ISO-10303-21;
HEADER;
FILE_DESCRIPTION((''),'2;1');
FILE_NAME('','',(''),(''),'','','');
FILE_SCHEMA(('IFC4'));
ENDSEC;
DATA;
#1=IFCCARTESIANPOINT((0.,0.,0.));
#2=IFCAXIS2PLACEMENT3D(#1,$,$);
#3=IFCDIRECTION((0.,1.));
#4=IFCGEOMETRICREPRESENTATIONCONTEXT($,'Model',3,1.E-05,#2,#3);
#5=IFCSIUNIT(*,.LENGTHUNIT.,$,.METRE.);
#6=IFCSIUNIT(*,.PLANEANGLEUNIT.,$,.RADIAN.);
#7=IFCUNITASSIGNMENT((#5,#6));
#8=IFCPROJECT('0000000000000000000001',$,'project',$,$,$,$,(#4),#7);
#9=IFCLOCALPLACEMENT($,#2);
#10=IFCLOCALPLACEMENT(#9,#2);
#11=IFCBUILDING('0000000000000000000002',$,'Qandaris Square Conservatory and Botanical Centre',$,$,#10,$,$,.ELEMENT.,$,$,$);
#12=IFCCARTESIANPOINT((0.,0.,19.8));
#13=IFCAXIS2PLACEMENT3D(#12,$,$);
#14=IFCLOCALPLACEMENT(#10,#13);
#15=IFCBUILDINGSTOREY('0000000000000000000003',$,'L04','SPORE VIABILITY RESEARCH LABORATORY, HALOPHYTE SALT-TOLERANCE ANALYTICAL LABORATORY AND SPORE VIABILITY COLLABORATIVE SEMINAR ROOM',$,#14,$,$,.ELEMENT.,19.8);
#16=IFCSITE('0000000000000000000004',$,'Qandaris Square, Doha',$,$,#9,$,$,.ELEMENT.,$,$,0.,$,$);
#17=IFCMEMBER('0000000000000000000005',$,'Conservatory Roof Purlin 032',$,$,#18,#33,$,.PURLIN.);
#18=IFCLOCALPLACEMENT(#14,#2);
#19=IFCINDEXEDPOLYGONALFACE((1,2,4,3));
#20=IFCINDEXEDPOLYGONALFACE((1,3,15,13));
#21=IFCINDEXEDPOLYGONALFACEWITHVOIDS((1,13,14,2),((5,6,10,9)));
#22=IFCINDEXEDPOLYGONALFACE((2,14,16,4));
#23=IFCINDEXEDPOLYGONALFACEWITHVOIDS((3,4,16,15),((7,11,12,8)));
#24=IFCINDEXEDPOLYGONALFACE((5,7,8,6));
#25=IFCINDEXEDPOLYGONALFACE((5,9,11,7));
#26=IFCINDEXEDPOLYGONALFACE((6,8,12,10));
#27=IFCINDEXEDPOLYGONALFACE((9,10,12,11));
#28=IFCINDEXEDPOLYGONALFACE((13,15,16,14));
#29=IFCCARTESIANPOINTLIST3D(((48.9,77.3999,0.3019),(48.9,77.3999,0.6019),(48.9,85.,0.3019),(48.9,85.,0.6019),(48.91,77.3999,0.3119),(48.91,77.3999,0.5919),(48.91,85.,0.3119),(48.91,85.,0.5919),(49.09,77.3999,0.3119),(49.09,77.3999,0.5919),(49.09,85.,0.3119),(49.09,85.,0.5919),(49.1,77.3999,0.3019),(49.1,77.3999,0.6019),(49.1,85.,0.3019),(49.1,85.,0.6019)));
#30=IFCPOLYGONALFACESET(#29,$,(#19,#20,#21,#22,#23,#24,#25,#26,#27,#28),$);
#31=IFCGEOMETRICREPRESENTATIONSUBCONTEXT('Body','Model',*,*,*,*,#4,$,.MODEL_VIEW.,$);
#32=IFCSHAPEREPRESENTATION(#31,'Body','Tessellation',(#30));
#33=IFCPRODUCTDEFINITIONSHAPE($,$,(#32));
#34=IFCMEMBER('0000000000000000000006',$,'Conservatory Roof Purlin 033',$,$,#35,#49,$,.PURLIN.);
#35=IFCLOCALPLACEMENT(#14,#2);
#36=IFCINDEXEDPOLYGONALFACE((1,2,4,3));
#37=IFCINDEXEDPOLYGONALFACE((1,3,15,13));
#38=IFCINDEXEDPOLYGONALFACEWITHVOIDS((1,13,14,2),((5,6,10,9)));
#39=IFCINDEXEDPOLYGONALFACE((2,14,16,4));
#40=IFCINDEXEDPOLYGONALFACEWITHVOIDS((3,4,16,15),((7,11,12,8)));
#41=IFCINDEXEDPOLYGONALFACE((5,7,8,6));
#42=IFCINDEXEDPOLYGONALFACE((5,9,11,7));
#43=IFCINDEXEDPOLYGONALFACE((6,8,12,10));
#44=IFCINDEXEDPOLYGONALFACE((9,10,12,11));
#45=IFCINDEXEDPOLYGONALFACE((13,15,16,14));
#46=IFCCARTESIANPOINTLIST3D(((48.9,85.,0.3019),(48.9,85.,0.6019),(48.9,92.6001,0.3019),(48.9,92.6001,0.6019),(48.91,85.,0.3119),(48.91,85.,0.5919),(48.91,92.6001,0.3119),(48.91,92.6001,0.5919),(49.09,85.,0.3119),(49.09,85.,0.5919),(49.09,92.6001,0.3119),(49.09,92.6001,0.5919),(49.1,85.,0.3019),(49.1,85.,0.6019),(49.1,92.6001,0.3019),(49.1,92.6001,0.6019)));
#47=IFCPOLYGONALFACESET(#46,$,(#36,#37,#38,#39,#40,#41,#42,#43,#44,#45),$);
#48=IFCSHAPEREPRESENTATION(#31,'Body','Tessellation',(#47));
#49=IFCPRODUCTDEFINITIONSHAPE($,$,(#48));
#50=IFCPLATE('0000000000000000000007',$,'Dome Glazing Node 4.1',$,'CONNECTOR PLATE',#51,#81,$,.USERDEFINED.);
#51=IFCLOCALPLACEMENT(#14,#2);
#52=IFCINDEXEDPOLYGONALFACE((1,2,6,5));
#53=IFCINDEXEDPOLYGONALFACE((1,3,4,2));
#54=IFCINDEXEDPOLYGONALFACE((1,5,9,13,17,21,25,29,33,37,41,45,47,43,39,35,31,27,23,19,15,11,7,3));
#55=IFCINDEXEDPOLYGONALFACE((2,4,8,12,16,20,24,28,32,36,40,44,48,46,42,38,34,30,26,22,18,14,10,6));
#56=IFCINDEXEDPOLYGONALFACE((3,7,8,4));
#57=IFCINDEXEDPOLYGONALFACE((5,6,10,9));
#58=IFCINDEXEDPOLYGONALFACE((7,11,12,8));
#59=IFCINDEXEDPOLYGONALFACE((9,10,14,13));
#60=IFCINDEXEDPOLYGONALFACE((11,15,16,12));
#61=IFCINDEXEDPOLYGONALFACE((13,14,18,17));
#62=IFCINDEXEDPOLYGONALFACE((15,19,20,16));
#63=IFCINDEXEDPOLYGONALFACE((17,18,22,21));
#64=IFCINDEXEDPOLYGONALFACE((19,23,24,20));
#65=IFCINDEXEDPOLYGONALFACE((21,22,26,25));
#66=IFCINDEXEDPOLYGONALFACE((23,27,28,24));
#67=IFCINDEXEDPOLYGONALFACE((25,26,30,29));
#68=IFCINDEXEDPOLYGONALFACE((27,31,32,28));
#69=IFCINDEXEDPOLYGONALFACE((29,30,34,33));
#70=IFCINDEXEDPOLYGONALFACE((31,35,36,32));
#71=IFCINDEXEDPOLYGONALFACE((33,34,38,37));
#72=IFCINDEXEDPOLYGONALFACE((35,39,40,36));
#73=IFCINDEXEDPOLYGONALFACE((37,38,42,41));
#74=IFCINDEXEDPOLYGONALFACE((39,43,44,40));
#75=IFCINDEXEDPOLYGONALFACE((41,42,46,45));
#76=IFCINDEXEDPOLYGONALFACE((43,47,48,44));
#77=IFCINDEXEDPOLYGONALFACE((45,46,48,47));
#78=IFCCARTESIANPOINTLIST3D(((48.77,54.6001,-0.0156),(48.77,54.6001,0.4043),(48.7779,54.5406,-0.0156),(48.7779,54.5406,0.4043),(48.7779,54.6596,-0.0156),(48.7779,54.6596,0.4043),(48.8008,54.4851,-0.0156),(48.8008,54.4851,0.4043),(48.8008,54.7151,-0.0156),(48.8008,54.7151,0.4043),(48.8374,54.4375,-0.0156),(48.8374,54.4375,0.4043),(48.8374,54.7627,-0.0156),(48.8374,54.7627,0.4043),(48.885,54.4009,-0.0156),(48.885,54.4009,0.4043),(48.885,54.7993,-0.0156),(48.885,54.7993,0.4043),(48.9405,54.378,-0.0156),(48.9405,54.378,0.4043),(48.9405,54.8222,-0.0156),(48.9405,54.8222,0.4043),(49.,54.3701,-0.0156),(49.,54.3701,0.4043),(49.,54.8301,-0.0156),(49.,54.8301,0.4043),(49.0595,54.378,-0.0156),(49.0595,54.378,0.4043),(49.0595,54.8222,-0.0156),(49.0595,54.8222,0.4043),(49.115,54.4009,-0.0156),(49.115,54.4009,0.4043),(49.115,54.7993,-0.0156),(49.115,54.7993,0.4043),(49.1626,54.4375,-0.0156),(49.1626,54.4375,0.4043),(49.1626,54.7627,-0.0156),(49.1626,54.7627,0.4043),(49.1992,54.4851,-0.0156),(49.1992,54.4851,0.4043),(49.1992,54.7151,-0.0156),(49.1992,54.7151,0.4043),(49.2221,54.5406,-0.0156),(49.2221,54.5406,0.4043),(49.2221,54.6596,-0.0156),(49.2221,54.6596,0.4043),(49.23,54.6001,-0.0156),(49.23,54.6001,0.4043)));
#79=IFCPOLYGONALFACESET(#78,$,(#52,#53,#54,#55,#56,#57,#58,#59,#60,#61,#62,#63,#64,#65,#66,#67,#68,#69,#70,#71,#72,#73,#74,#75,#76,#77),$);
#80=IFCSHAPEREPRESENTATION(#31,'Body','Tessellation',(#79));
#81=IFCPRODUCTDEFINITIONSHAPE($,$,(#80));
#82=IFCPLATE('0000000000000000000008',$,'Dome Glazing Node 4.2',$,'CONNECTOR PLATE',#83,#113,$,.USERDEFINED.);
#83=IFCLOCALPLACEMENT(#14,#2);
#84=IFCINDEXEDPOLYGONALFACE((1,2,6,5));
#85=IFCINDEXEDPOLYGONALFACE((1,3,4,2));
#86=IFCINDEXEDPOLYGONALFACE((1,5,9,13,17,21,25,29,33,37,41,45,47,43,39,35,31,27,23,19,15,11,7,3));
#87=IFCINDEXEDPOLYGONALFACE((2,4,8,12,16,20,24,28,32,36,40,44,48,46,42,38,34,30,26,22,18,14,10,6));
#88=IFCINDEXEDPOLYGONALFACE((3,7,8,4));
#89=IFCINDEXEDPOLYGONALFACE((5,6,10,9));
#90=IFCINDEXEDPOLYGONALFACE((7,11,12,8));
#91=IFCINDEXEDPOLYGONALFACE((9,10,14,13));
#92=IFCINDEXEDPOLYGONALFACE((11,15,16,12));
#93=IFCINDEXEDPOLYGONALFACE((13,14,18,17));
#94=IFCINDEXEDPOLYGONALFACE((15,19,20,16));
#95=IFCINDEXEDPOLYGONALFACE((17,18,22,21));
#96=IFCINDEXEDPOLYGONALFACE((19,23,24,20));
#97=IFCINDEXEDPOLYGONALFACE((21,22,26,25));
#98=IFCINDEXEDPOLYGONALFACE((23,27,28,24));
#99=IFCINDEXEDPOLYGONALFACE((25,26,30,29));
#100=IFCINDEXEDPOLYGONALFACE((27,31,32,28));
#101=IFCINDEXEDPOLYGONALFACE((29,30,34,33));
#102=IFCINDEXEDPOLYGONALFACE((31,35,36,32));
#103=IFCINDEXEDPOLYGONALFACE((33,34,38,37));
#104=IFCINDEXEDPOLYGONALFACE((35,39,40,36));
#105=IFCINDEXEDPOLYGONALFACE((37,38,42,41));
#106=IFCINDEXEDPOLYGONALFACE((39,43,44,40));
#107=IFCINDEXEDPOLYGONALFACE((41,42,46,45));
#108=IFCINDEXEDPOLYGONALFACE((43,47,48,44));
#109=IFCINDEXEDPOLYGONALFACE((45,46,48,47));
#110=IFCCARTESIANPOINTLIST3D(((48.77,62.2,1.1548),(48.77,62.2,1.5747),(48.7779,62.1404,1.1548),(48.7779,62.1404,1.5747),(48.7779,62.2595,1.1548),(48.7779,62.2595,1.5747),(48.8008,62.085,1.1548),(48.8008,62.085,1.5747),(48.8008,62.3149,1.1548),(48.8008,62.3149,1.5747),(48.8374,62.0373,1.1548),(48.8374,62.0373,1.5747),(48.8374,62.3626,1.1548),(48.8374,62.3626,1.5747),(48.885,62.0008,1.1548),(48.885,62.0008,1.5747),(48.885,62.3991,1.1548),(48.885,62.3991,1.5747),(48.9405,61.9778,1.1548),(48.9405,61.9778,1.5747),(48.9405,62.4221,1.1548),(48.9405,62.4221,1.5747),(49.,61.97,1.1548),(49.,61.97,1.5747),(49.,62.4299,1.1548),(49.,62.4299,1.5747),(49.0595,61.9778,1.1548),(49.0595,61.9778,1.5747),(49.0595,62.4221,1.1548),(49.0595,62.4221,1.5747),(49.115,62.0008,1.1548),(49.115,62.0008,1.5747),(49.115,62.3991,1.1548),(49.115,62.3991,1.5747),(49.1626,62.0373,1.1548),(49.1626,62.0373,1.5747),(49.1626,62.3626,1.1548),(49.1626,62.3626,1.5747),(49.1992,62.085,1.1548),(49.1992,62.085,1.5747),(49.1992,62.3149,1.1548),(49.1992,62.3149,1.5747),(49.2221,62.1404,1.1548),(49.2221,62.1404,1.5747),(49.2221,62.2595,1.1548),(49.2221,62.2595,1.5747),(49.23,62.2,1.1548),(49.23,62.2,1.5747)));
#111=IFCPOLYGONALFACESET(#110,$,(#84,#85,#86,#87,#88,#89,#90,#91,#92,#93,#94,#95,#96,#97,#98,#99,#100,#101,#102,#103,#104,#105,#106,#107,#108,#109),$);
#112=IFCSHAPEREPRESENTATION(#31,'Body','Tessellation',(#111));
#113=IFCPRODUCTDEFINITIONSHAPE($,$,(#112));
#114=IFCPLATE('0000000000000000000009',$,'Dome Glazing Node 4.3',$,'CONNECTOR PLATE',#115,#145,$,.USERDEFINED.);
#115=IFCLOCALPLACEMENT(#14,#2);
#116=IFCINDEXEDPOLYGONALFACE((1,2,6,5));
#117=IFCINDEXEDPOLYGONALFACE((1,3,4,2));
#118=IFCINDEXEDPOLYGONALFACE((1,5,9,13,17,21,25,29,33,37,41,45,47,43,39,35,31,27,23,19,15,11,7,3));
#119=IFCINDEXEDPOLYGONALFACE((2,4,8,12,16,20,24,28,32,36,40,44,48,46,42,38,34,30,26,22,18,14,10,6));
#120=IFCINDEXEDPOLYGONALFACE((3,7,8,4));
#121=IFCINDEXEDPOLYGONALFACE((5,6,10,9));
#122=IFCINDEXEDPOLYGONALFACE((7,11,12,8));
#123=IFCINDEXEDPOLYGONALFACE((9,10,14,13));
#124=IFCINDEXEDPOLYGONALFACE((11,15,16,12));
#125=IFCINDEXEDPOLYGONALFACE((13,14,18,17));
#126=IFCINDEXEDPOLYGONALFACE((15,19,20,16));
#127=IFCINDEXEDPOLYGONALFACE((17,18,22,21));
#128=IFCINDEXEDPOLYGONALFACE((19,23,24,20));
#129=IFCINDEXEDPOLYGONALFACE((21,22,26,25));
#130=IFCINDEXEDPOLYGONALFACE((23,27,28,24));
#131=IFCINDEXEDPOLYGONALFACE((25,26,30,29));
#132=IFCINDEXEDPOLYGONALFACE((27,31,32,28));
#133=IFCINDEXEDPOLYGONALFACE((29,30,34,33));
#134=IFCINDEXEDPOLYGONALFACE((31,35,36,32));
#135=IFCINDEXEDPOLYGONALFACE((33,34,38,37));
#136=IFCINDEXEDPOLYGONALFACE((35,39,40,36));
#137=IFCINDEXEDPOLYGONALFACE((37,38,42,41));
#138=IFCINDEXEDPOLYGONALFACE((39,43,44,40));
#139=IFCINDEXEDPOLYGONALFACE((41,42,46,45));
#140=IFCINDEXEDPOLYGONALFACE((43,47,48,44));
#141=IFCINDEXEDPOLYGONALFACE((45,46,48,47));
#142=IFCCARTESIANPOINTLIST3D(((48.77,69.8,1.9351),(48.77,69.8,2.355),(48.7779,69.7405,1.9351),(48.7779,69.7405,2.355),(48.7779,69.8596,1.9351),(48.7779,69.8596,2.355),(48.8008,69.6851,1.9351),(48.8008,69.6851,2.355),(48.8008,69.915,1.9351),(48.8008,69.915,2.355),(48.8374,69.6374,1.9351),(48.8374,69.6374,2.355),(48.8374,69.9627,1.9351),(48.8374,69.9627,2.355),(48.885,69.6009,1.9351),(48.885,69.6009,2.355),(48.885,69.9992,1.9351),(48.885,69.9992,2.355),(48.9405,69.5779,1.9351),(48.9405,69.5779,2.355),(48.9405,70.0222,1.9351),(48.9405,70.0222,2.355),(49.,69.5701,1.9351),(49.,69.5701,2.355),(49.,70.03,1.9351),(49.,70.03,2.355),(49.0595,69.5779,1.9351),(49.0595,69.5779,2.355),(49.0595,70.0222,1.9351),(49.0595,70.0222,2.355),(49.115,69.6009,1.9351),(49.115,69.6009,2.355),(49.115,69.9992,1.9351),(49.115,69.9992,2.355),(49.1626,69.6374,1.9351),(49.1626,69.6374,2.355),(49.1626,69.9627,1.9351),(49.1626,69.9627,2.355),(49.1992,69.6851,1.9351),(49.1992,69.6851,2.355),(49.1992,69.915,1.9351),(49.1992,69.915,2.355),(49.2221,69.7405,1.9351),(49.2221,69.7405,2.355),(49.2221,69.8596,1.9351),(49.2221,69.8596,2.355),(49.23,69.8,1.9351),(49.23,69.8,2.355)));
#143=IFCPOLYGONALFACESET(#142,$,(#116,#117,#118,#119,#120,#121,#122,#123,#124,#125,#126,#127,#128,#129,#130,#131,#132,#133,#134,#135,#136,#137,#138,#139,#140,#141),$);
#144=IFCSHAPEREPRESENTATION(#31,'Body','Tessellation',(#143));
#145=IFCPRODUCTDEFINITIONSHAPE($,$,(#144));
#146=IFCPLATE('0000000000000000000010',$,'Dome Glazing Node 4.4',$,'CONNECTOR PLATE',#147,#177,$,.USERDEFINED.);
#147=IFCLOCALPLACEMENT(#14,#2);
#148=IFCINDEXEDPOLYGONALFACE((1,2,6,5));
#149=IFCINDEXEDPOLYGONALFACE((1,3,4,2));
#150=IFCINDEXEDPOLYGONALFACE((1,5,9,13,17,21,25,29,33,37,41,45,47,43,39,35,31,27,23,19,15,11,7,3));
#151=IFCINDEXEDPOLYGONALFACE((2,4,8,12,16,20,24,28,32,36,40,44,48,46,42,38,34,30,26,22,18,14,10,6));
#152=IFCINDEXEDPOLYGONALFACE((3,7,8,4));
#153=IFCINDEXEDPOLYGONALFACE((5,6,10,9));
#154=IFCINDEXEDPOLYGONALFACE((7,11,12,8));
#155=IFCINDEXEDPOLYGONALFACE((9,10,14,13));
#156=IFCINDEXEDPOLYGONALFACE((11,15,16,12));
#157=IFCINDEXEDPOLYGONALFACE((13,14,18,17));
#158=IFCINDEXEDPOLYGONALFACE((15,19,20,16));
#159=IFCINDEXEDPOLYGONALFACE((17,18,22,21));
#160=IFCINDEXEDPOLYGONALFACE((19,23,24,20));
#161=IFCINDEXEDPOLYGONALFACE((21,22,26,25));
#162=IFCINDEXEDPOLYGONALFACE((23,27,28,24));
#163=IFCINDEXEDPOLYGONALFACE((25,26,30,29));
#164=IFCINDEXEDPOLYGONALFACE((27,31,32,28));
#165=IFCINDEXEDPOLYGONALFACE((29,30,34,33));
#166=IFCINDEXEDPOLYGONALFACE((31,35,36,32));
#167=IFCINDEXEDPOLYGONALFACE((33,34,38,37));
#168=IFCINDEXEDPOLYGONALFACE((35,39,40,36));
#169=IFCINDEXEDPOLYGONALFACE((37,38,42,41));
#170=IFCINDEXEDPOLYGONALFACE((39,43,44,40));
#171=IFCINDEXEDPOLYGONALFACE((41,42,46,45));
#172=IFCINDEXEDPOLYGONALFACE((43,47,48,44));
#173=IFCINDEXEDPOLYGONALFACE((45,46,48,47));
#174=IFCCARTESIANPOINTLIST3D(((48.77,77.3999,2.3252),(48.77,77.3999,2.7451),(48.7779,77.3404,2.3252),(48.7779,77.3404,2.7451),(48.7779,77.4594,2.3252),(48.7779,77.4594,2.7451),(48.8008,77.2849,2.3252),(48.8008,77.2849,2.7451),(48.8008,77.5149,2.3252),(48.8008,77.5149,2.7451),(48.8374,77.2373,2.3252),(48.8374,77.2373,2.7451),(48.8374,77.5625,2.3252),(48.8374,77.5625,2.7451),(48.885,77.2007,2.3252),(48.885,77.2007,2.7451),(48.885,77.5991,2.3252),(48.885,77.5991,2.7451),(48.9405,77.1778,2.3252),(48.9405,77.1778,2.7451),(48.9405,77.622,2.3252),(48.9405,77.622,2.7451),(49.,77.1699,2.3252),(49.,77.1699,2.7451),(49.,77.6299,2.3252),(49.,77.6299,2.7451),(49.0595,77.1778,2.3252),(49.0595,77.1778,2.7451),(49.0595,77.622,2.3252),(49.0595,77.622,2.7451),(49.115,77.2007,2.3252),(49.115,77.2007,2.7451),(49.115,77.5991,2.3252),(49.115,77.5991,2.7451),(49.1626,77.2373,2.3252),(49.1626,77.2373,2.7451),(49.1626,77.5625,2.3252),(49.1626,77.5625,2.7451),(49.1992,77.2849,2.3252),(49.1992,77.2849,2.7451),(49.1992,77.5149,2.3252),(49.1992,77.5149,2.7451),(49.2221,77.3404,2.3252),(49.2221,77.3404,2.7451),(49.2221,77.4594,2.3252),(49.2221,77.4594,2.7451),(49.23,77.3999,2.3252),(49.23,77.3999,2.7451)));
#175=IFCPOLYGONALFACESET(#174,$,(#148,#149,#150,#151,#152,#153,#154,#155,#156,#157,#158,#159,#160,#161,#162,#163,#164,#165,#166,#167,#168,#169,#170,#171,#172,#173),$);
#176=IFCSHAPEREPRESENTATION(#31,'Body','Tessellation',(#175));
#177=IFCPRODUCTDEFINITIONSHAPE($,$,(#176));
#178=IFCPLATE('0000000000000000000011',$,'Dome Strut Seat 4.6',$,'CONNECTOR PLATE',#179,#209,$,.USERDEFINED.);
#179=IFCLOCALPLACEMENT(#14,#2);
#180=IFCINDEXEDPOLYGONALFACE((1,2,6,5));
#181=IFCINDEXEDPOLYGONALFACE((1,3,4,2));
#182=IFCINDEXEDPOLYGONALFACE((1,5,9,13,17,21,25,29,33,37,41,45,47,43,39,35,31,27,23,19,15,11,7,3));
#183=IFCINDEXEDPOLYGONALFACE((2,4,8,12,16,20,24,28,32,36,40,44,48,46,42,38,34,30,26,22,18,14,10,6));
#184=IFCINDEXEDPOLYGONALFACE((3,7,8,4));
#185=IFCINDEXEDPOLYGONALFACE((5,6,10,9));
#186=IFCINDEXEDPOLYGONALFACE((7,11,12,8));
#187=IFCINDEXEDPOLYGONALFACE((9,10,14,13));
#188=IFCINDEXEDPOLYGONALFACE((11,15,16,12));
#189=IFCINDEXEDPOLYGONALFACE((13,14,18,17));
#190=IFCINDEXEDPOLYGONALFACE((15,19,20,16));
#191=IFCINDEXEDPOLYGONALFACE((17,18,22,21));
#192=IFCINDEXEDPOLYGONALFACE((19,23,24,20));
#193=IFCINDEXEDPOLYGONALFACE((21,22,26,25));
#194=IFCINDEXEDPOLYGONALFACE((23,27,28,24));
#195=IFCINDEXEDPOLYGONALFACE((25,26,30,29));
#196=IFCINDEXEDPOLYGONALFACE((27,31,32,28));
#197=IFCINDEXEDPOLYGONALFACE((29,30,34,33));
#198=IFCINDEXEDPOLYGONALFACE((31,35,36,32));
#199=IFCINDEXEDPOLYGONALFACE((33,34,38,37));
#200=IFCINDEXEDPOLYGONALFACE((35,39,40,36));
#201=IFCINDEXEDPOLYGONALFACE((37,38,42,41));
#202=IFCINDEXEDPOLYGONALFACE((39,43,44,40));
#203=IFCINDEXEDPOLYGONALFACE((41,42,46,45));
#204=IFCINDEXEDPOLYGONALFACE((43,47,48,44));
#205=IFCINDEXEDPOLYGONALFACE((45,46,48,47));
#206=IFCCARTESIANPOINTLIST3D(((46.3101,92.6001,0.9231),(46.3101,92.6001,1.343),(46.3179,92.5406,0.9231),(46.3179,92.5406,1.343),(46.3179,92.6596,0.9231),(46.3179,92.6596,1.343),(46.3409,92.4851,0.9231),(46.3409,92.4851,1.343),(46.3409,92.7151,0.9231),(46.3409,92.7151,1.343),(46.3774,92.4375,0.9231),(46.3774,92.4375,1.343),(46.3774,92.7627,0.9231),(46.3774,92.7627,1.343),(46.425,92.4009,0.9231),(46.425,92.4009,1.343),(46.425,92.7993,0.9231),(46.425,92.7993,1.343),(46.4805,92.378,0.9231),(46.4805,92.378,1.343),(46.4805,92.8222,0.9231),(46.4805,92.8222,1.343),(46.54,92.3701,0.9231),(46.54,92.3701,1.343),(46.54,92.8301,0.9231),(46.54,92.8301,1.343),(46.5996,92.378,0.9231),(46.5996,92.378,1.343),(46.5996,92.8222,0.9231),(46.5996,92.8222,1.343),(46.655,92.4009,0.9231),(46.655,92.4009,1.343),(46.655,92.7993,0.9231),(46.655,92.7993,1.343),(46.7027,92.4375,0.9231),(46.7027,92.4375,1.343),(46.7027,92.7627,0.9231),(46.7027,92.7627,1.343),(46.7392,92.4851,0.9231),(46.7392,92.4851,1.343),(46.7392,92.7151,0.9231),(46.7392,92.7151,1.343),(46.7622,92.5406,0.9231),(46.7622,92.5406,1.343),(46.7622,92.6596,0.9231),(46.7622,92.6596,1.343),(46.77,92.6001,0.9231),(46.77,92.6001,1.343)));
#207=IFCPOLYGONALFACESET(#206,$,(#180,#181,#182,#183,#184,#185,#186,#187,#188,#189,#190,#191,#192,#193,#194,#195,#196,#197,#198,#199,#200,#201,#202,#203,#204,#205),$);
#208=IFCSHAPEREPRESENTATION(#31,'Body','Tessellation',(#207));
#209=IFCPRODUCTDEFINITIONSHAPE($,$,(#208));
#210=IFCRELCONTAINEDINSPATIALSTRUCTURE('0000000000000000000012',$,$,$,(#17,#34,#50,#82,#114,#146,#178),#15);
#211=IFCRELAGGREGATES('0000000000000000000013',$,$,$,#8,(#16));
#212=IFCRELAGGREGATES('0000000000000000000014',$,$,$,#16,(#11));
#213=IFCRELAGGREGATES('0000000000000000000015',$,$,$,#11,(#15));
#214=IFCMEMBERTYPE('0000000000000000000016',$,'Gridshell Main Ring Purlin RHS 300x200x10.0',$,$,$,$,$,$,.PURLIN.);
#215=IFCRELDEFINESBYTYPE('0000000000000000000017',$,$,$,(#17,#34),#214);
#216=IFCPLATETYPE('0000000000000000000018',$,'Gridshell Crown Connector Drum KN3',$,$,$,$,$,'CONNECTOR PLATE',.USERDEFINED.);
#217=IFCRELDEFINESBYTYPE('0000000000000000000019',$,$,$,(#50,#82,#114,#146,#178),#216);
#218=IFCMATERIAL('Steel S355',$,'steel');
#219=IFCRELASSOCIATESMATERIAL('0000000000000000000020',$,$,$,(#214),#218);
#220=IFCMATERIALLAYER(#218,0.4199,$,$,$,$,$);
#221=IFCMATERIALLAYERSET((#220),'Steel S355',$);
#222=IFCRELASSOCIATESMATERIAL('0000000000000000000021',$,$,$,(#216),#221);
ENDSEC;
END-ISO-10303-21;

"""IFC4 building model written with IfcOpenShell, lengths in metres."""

from ifc_helpers import new_model, si_unit, direction, frame, origin, origin_2d, place, context, subcontext, project, spatial, hollow_rectangle, circle, extrude, material, layer, layer_set, material_profile, profile_set, type_object, element, save


model = new_model("IFC4")

# Units and contexts
model_context = context("Model", 3, precision=1e-05, world=origin(), true_north=direction((0.0, 1.0)))
body_context = subcontext(model_context, "Body", "Model", "MODEL_VIEW")
ifc_project = project(units=[si_unit("LENGTHUNIT", "METRE"), si_unit("PLANEANGLEUNIT", "RADIAN")], contexts=[model_context])

# Site, building, storey
site_placement = place(None, origin())
site = spatial("IfcSite", under=ifc_project, at=site_placement, Name="Qandaris Square, Doha", CompositionType="ELEMENT", RefElevation=0.0)
building_placement = place(site_placement, origin())
building = spatial("IfcBuilding", under=site, at=building_placement, Name="Qandaris Square Conservatory and Botanical Centre", CompositionType="ELEMENT")
storey_placement = place(building_placement, frame((0.0, 0.0, 19.8)))
storey = spatial("IfcBuildingStorey", under=building, at=storey_placement, Name="L04", Description="SPORE VIABILITY RESEARCH LABORATORY, HALOPHYTE SALT-TOLERANCE ANALYTICAL LABORATORY AND SPORE VIABILITY COLLABORATIVE SEMINAR ROOM", CompositionType="ELEMENT", Elevation=19.8)

# Members
ifc_material = material(Name="Steel S355", Category="steel")
ifc_material_profile_1 = material_profile(ifc_material, hollow_rectangle(XDim=0.2, YDim=0.3, WallThickness=0.01, at=origin_2d()), Name="RHS 300x200x10.0")
ifc_profile_set_1 = profile_set([ifc_material_profile_1], Name="Steel S355")
member_type_1 = type_object("IfcMemberType", Name="Gridshell Main Ring Purlin RHS 300x200x10.0", PredefinedType="PURLIN", material=ifc_profile_set_1)
for number, where, z_axis, x_axis, name in (
    (1, (49.0, 77.3999, 0.4519), (0.0, 1.0, 0.0), (-1.0, 0.0, 0.0), "Conservatory Roof Purlin 032"),
    (2, (49.0, 85.0, 0.4519), (0.0, 1.0, 0.0), (-1.0, 0.0, 0.0), "Conservatory Roof Purlin 033"),
):
    element("IfcMember", number, at=place(storey_placement, frame(where, z_axis=z_axis, x_axis=x_axis)), inside=storey, type_object=member_type_1, Name=name, PredefinedType="PURLIN", context=body_context, shape_type="SweptSolid", body=[
        extrude(hollow_rectangle(XDim=0.2, YDim=0.3, WallThickness=0.01, at=origin_2d()), origin(), (0.0, 0.0, 1.0), 7.6001),
    ])

# Plates
ifc_layer_1 = layer(ifc_material, 0.4199)
ifc_layer_set_1 = layer_set([ifc_layer_1], Name="Steel S355")
plate_type_1 = type_object("IfcPlateType", Name="Gridshell Crown Connector Drum KN3", ElementType="CONNECTOR PLATE", PredefinedType="USERDEFINED", material=ifc_layer_set_1)
for number, where, z_axis, x_axis, name in (
    (3, (49.0, 54.6001, -0.0156), (0.0, 0.0, 1.0), (1.0, 0.0, 0.0), "Dome Glazing Node 4.1"),
    (4, (49.0, 62.2, 1.1548), (0.0, 0.0, 1.0), (1.0, 0.0, 0.0), "Dome Glazing Node 4.2"),
    (5, (49.0, 69.8, 1.9351), (0.0, 0.0, 1.0), (1.0, 0.0, 0.0), "Dome Glazing Node 4.3"),
    (6, (49.0, 77.3999, 2.3252), (0.0, 0.0, 1.0), (1.0, 0.0, 0.0), "Dome Glazing Node 4.4"),
    (7, (46.54, 92.6001, 0.9231), (0.0, 0.0, 1.0), (1.0, 0.0, 0.0), "Dome Strut Seat 4.6"),
):
    element("IfcPlate", number, at=place(storey_placement, frame(where, z_axis=z_axis, x_axis=x_axis)), inside=storey, type_object=plate_type_1, Name=name, ObjectType="CONNECTOR PLATE", PredefinedType="USERDEFINED", context=body_context, shape_type="SweptSolid", body=[
        extrude(circle(Radius=0.23, at=origin_2d()), origin(), (0.0, 0.0, 1.0), 0.4199),
    ])

save(model, "model.ifc")
